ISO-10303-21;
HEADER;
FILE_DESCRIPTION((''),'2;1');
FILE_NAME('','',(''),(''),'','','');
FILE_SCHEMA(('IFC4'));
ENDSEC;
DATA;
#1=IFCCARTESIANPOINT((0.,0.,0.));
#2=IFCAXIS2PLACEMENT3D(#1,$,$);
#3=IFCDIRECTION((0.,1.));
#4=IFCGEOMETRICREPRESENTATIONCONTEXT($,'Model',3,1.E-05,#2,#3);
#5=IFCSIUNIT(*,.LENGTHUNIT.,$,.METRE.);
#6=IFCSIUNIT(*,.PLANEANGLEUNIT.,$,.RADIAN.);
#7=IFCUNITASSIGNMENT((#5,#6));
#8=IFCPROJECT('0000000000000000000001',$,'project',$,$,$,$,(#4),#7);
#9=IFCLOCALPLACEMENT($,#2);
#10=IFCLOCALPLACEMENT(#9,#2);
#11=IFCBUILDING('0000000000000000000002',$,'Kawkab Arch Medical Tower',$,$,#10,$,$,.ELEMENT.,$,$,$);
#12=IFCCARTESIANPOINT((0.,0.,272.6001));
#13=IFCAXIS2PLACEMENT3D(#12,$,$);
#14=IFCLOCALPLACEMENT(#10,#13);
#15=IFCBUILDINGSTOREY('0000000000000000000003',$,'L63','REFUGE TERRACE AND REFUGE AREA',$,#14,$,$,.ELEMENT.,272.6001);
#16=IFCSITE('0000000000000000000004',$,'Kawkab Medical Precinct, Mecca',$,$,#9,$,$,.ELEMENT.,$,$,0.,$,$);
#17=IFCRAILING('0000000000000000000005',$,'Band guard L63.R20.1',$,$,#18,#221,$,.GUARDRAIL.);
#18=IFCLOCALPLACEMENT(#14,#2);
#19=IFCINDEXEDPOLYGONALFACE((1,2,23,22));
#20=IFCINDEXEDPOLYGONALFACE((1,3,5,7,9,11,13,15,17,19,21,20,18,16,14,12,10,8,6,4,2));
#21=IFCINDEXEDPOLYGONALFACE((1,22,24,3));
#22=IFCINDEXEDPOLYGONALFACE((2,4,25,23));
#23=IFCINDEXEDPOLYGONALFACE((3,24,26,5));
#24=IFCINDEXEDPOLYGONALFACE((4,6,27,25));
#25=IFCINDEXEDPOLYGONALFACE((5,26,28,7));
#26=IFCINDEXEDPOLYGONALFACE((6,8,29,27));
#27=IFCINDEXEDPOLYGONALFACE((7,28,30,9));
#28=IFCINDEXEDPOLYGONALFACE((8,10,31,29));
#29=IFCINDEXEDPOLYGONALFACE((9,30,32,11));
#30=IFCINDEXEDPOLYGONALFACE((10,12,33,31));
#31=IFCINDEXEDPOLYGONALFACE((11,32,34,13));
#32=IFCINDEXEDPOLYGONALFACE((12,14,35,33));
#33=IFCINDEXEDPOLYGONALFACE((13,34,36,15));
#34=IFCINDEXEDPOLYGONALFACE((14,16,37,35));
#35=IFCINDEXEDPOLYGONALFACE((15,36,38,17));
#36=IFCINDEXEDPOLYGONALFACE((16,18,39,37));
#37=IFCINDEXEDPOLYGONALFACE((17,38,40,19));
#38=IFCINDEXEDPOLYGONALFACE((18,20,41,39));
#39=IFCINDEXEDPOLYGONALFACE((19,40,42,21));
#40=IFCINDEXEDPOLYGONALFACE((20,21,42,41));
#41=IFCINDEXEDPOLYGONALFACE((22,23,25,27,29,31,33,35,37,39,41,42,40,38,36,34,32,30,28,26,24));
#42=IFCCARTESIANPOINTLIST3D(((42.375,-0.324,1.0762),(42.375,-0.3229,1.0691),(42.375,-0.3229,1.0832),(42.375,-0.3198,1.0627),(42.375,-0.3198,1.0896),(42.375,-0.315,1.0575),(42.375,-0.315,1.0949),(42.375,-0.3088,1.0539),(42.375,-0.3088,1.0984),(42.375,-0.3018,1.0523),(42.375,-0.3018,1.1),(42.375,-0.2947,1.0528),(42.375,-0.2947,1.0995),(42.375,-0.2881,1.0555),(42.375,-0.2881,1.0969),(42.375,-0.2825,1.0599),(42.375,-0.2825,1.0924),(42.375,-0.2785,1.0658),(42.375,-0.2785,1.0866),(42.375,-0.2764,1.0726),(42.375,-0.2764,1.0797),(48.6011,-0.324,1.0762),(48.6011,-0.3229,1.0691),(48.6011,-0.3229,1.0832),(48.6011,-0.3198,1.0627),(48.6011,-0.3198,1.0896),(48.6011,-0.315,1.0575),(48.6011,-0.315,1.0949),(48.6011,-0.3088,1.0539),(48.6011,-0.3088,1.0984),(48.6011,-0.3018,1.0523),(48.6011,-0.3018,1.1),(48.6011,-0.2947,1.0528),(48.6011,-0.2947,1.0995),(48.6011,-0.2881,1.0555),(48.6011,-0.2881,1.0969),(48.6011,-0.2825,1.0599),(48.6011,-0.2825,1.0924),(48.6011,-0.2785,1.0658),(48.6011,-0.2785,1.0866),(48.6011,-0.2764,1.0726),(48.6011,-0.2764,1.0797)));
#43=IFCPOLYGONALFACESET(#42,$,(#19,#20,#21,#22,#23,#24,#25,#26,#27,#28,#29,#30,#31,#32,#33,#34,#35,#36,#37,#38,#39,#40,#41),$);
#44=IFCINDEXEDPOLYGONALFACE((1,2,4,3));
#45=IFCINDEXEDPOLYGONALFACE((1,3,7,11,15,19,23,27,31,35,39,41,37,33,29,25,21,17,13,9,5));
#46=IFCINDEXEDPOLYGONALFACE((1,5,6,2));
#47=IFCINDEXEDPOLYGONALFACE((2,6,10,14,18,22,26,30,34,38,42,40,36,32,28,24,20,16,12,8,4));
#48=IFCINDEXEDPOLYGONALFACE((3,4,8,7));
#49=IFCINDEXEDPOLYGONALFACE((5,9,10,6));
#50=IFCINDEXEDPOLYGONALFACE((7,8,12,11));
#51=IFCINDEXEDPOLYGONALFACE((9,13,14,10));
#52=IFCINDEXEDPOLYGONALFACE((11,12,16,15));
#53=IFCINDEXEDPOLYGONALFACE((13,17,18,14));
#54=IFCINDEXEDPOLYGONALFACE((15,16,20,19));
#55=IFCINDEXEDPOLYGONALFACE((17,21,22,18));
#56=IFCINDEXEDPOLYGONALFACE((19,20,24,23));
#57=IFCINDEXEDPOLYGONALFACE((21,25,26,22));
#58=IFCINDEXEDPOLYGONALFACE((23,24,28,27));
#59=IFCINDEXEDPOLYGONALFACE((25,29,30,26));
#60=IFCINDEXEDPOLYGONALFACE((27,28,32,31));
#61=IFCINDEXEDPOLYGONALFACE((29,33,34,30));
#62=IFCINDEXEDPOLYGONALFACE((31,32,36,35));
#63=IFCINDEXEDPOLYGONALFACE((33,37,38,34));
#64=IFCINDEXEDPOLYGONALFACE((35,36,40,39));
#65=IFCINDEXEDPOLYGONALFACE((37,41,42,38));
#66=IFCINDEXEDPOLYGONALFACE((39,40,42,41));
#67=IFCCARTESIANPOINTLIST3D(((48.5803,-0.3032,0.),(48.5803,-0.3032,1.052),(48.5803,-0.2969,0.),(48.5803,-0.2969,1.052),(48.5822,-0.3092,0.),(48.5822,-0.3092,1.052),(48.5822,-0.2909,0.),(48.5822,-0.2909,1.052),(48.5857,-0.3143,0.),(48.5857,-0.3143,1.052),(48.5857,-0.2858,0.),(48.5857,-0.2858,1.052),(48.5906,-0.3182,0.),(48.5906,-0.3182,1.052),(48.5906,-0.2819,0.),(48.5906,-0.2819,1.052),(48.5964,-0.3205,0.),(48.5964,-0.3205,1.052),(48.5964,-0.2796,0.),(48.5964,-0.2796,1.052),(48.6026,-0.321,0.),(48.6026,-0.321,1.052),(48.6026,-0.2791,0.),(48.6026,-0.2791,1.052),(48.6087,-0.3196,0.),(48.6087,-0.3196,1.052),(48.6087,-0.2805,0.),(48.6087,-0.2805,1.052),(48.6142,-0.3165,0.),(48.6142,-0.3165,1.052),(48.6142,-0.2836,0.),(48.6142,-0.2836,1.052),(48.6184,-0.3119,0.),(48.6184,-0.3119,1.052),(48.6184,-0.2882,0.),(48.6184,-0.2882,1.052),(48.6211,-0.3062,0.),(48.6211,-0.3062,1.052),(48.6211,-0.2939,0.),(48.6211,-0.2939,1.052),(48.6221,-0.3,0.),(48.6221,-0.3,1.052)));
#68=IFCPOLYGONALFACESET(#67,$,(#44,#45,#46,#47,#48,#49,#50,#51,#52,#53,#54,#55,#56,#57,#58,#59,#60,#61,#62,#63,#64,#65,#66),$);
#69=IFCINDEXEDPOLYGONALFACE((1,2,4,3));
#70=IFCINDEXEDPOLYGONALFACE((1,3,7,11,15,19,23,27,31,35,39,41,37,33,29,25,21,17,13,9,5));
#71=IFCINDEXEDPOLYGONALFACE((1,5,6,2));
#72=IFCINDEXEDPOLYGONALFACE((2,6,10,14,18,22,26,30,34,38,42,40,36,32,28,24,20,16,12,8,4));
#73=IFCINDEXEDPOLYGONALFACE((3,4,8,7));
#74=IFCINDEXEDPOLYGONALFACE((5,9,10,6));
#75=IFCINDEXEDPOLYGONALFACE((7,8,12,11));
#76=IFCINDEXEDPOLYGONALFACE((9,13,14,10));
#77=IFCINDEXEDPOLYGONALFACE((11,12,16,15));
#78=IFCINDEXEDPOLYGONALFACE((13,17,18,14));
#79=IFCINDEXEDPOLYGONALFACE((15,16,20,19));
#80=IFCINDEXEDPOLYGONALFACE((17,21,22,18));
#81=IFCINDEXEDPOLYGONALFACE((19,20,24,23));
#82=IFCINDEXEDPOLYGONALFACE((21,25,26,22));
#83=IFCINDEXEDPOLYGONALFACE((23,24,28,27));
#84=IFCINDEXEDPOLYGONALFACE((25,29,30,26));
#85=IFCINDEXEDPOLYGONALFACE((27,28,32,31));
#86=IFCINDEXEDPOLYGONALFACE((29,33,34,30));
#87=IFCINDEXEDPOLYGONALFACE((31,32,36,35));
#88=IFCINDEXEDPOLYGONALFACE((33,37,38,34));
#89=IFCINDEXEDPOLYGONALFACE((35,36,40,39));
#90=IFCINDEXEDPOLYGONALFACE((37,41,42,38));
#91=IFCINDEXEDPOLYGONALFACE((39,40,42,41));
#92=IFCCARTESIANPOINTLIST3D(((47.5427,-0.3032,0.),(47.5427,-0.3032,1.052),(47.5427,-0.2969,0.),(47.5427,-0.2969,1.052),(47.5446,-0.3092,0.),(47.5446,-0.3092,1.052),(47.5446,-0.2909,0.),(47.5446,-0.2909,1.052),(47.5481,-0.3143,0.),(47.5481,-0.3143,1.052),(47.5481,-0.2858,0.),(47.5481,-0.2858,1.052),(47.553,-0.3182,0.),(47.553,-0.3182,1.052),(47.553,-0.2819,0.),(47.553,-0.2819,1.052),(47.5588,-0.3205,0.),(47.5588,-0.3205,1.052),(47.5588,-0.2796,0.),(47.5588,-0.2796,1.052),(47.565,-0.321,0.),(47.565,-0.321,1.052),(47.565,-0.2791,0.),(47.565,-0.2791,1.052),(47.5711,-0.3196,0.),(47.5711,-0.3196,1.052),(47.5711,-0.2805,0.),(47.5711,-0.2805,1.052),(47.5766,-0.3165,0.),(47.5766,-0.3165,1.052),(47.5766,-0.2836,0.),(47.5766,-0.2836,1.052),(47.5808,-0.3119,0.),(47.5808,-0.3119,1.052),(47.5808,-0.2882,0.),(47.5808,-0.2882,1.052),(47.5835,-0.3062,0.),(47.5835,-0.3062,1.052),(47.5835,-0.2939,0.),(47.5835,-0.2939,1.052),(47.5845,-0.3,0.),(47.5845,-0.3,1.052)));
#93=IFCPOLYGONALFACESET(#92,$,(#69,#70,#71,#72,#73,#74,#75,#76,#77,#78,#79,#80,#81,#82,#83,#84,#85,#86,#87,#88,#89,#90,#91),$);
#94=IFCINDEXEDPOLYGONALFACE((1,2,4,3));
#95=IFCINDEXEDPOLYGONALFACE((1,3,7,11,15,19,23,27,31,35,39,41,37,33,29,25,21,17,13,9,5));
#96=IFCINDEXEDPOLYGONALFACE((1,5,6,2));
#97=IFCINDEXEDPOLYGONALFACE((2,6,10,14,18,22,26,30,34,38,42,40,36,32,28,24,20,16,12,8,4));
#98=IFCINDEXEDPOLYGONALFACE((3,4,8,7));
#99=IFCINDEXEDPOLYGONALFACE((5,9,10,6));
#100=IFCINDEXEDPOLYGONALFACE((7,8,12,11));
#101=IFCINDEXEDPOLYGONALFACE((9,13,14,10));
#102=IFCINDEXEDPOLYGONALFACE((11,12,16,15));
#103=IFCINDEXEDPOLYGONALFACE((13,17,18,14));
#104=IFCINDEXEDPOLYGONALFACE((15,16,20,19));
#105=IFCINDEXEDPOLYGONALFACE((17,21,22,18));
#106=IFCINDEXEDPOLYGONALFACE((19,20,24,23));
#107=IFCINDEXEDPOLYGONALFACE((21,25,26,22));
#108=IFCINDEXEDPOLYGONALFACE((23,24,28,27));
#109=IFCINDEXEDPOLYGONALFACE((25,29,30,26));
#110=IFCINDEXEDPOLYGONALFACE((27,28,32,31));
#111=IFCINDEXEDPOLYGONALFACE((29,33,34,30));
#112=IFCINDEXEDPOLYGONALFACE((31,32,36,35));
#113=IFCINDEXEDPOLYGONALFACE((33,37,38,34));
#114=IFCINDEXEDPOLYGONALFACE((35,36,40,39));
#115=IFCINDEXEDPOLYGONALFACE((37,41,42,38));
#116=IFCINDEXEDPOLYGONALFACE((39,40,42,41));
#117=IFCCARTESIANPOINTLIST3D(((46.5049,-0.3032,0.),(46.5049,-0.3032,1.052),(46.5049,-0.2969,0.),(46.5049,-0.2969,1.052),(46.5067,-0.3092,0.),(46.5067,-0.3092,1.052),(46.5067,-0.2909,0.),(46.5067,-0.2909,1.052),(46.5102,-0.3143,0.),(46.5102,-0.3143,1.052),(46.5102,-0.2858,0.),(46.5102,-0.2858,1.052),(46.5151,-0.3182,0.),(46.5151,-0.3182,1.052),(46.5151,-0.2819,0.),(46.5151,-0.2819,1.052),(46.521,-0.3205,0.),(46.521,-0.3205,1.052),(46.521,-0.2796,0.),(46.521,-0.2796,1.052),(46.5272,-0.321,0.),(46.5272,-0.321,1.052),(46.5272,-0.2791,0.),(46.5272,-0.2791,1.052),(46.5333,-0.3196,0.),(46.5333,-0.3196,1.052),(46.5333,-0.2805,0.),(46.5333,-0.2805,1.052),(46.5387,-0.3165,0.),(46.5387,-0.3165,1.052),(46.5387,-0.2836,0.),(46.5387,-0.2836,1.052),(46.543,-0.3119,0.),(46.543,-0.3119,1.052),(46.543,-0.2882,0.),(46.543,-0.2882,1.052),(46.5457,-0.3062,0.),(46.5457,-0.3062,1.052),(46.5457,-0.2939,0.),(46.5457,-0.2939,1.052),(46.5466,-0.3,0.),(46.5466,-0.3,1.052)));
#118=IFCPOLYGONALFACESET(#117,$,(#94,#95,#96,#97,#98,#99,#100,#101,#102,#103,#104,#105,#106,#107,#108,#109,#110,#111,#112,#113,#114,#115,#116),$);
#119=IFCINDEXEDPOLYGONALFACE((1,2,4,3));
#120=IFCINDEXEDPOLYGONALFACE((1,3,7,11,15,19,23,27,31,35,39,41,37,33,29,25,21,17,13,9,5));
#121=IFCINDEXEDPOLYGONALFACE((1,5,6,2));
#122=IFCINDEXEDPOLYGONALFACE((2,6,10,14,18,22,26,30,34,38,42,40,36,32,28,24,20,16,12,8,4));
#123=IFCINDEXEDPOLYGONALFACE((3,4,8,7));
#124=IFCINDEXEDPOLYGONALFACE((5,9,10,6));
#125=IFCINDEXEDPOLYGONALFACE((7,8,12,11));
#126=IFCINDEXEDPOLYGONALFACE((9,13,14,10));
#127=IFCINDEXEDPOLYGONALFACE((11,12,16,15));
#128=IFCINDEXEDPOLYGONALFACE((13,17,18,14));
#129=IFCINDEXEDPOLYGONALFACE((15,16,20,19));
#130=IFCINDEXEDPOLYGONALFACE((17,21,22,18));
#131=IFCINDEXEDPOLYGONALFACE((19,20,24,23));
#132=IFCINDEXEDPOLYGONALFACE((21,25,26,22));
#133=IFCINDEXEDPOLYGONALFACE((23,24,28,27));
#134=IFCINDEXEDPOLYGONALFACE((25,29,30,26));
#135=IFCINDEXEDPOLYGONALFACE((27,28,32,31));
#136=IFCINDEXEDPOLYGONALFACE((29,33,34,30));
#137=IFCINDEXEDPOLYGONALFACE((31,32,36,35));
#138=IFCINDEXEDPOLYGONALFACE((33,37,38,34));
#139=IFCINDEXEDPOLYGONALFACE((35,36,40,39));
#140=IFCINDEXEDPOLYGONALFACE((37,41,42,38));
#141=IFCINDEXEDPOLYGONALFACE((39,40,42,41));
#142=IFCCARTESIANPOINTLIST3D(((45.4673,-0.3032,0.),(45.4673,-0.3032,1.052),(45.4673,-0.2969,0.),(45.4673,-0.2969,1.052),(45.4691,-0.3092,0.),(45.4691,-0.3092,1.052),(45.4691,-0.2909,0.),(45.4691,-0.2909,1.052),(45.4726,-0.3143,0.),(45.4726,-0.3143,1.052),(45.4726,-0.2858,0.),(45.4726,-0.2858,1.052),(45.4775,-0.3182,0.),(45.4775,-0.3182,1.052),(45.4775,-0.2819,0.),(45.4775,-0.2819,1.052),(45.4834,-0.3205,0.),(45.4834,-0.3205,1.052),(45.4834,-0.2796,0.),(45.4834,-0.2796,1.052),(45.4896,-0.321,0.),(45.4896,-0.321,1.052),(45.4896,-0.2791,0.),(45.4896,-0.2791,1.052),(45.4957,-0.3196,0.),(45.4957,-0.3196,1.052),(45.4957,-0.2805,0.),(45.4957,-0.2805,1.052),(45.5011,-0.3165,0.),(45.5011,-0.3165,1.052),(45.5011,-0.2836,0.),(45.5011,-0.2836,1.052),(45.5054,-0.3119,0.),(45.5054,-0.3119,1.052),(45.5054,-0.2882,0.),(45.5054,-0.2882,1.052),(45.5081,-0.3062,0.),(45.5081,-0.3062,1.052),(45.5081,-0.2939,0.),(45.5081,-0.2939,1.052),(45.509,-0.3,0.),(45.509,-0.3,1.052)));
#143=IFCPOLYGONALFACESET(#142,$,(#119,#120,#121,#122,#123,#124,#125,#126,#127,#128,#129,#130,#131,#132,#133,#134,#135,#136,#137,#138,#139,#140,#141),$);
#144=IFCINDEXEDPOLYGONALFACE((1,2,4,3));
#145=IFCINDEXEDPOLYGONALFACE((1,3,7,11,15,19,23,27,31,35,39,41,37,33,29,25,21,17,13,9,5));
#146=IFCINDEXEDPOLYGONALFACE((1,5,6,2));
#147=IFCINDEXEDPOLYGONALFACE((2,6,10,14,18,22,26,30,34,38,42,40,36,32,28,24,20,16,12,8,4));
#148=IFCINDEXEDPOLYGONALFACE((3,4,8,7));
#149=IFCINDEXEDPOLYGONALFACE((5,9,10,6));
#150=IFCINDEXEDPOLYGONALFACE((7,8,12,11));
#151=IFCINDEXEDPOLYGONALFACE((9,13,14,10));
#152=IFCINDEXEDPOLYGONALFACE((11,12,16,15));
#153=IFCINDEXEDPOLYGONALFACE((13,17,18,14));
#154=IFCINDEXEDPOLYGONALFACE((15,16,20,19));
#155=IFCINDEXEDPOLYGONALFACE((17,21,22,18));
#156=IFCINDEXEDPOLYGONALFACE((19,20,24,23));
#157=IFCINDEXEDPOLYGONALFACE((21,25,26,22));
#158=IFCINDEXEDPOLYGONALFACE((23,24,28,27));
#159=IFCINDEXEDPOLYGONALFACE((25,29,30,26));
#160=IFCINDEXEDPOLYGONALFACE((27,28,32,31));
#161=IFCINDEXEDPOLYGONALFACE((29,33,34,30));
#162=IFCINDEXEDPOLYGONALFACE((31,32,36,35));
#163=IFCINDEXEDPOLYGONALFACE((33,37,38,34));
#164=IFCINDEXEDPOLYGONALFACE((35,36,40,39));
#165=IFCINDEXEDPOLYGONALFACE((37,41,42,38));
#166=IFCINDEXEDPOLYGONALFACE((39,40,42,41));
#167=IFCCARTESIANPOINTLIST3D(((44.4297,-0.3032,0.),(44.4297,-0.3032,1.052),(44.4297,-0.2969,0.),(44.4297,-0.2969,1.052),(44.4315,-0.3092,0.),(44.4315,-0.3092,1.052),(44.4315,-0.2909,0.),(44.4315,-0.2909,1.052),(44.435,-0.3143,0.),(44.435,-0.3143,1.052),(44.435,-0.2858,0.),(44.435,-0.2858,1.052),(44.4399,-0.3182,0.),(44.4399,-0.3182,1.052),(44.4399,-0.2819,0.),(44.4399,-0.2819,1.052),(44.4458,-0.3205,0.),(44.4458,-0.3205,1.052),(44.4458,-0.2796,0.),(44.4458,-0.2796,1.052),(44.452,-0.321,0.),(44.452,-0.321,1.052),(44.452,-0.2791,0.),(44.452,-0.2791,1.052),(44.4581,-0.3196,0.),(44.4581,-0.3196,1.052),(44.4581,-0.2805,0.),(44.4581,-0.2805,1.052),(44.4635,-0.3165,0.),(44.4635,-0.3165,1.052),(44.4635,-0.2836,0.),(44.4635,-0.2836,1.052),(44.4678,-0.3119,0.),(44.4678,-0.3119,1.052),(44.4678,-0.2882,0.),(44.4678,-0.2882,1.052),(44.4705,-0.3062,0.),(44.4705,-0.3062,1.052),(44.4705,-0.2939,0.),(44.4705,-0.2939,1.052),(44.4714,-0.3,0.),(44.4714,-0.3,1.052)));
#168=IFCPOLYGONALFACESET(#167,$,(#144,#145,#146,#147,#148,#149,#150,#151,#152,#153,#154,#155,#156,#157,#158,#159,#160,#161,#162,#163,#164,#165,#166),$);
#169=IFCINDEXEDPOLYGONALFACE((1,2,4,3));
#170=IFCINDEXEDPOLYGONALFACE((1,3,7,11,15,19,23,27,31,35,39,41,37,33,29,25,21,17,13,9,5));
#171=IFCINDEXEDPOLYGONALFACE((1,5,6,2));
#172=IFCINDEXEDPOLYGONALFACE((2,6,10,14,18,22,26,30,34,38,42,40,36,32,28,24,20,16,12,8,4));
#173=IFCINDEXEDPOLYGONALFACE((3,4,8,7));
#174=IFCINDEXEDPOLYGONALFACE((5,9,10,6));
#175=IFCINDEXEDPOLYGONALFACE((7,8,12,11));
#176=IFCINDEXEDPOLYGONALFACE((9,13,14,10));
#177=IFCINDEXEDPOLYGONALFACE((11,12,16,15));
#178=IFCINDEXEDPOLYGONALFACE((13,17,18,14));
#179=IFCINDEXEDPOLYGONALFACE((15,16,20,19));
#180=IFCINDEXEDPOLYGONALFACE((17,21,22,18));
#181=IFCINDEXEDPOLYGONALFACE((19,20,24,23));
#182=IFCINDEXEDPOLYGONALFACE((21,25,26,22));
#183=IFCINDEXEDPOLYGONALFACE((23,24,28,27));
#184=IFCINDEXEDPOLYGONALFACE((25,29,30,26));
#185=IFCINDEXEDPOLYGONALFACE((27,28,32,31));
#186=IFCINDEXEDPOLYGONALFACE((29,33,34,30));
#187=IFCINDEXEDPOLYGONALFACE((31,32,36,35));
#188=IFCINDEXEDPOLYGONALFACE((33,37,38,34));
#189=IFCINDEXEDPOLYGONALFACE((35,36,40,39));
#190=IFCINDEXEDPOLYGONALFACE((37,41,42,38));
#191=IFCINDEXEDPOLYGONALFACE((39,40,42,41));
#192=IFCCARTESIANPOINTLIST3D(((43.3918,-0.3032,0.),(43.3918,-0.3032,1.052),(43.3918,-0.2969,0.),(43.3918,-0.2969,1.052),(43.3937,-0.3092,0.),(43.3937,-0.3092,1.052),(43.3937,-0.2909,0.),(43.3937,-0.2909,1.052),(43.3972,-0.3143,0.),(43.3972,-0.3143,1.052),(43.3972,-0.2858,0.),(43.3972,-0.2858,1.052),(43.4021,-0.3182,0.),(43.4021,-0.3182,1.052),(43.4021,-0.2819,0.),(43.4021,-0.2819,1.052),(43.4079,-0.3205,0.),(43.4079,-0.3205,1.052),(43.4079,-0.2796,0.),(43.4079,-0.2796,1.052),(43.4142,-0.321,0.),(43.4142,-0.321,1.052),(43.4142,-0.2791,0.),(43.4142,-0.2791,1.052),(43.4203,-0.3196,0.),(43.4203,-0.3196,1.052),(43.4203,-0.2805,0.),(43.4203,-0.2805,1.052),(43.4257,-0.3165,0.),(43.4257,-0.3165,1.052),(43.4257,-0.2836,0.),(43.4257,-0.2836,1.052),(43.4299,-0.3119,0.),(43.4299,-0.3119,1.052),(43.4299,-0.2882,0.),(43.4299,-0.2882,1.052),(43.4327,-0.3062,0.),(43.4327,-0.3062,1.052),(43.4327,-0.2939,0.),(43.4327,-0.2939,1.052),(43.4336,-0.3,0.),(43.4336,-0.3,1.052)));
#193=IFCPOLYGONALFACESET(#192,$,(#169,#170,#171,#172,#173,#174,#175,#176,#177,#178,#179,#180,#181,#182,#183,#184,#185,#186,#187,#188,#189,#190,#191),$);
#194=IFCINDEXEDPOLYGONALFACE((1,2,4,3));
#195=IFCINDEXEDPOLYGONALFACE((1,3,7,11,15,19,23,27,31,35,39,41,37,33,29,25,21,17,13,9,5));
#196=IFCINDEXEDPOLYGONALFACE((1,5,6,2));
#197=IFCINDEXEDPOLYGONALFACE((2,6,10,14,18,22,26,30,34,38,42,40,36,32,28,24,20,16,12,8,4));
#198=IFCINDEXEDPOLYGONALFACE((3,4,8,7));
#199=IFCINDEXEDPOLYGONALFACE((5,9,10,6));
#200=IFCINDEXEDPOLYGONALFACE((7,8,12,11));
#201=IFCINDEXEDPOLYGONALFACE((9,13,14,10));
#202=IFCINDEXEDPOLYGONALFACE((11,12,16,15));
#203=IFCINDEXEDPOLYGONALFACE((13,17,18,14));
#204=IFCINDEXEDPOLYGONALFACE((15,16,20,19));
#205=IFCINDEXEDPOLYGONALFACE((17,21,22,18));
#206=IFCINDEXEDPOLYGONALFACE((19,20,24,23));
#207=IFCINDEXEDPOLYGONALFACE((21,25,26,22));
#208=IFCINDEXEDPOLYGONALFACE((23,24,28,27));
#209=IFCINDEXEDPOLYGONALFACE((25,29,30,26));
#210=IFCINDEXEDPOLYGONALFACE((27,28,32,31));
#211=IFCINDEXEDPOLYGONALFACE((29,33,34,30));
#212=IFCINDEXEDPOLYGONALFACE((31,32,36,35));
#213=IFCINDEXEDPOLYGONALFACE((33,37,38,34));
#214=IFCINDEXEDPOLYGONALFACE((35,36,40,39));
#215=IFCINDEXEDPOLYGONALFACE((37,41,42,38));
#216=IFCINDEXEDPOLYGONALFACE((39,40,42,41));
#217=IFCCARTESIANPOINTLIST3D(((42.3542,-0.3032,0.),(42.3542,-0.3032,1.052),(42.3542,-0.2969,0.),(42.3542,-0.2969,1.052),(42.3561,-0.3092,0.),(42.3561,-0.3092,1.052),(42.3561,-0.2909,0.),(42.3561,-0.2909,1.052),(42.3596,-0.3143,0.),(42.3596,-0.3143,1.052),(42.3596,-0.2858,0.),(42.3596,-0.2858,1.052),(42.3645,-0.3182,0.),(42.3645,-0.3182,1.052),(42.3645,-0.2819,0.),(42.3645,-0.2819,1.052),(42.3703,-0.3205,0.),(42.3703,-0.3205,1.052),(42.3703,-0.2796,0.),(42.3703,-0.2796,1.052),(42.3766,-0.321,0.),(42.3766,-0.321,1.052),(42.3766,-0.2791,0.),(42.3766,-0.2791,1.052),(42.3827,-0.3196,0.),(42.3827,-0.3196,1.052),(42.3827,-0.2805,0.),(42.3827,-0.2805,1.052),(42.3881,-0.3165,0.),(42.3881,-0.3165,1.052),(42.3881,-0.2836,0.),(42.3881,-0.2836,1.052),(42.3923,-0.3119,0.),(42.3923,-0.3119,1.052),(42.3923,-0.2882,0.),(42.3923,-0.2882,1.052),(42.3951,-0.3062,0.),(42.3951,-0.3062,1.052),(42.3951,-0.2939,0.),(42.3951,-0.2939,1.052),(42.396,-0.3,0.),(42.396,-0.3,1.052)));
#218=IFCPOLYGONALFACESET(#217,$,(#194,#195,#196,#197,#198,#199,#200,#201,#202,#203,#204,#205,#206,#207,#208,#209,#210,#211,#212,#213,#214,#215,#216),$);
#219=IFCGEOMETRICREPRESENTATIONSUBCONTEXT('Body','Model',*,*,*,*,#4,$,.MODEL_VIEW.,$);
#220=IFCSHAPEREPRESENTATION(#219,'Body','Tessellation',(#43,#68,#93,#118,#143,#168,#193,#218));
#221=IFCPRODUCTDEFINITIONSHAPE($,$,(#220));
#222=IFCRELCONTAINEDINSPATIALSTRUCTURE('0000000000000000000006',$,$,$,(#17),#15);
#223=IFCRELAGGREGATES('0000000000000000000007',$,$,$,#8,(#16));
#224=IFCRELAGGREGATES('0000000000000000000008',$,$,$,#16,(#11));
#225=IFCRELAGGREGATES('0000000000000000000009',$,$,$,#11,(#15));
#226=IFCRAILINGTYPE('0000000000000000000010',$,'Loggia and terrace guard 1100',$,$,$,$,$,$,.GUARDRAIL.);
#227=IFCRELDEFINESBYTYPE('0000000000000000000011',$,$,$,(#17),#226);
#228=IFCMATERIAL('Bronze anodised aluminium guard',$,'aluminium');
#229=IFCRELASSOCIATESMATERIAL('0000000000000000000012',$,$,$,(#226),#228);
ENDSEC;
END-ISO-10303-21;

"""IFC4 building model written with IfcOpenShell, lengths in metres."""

from ifc_helpers import new_model, si_unit, direction, frame, origin, origin_2d, place, context, subcontext, project, spatial, circle, extrude, material, type_object, element, save


model = new_model("IFC4")

# Units and contexts
model_context = context("Model", 3, precision=1e-05, world=origin(), true_north=direction((0.0, 1.0)))
body_context = subcontext(model_context, "Body", "Model", "MODEL_VIEW")
ifc_project = project(units=[si_unit("LENGTHUNIT", "METRE"), si_unit("PLANEANGLEUNIT", "RADIAN")], contexts=[model_context])

# Site, building, storey
site_placement = place(None, origin())
site = spatial("IfcSite", under=ifc_project, at=site_placement, Name="Kawkab Medical Precinct, Mecca", CompositionType="ELEMENT", RefElevation=0.0)
building_placement = place(site_placement, origin())
building = spatial("IfcBuilding", under=site, at=building_placement, Name="Kawkab Arch Medical Tower", CompositionType="ELEMENT")
storey_placement = place(building_placement, frame((0.0, 0.0, 272.6001)))
storey = spatial("IfcBuildingStorey", under=building, at=storey_placement, Name="L63", Description="REFUGE TERRACE AND REFUGE AREA", CompositionType="ELEMENT", Elevation=272.6001)

# Railing
ifc_material_1 = material(Name="Bronze anodised aluminium guard", Category="aluminium")
railing_type_1 = type_object("IfcRailingType", Name="Loggia and terrace guard 1100", PredefinedType="GUARDRAIL", material=ifc_material_1)
railing_1_placement = place(storey_placement, frame((48.6011, -0.3, 0.0)))
element("IfcRailing", 1, at=railing_1_placement, inside=storey, type_object=railing_type_1, Name="Band guard L63.R20.1", PredefinedType="GUARDRAIL", context=body_context, shape_type="SweptSolid", body=[
    extrude(circle(Radius=0.0239, at=origin_2d()), frame((0.0, 0.0, 1.0762), z_axis=(-1.0, 0.0, 0.0), x_axis=(0.0, -1.0, 0.0)), (0.0, 0.0, 1.0), 6.2261),
    extrude(circle(Radius=0.021, at=origin_2d()), origin(), (0.0, 0.0, 1.0), 1.052),
    extrude(circle(Radius=0.021, at=origin_2d()), frame((-1.0376, 0.0, 0.0)), (0.0, 0.0, 1.0), 1.052),
    extrude(circle(Radius=0.021, at=origin_2d()), frame((-2.0754, 0.0, 0.0)), (0.0, 0.0, 1.0), 1.052),
    extrude(circle(Radius=0.021, at=origin_2d()), frame((-3.113, 0.0, 0.0)), (0.0, 0.0, 1.0), 1.052),
    extrude(circle(Radius=0.021, at=origin_2d()), frame((-4.1506, 0.0, 0.0)), (0.0, 0.0, 1.0), 1.052),
    extrude(circle(Radius=0.021, at=origin_2d()), frame((-5.1885, 0.0, 0.0)), (0.0, 0.0, 1.0), 1.052),
    extrude(circle(Radius=0.021, at=origin_2d()), frame((-6.2261, 0.0, 0.0)), (0.0, 0.0, 1.0), 1.052),
])

save(model, "model.ifc")
